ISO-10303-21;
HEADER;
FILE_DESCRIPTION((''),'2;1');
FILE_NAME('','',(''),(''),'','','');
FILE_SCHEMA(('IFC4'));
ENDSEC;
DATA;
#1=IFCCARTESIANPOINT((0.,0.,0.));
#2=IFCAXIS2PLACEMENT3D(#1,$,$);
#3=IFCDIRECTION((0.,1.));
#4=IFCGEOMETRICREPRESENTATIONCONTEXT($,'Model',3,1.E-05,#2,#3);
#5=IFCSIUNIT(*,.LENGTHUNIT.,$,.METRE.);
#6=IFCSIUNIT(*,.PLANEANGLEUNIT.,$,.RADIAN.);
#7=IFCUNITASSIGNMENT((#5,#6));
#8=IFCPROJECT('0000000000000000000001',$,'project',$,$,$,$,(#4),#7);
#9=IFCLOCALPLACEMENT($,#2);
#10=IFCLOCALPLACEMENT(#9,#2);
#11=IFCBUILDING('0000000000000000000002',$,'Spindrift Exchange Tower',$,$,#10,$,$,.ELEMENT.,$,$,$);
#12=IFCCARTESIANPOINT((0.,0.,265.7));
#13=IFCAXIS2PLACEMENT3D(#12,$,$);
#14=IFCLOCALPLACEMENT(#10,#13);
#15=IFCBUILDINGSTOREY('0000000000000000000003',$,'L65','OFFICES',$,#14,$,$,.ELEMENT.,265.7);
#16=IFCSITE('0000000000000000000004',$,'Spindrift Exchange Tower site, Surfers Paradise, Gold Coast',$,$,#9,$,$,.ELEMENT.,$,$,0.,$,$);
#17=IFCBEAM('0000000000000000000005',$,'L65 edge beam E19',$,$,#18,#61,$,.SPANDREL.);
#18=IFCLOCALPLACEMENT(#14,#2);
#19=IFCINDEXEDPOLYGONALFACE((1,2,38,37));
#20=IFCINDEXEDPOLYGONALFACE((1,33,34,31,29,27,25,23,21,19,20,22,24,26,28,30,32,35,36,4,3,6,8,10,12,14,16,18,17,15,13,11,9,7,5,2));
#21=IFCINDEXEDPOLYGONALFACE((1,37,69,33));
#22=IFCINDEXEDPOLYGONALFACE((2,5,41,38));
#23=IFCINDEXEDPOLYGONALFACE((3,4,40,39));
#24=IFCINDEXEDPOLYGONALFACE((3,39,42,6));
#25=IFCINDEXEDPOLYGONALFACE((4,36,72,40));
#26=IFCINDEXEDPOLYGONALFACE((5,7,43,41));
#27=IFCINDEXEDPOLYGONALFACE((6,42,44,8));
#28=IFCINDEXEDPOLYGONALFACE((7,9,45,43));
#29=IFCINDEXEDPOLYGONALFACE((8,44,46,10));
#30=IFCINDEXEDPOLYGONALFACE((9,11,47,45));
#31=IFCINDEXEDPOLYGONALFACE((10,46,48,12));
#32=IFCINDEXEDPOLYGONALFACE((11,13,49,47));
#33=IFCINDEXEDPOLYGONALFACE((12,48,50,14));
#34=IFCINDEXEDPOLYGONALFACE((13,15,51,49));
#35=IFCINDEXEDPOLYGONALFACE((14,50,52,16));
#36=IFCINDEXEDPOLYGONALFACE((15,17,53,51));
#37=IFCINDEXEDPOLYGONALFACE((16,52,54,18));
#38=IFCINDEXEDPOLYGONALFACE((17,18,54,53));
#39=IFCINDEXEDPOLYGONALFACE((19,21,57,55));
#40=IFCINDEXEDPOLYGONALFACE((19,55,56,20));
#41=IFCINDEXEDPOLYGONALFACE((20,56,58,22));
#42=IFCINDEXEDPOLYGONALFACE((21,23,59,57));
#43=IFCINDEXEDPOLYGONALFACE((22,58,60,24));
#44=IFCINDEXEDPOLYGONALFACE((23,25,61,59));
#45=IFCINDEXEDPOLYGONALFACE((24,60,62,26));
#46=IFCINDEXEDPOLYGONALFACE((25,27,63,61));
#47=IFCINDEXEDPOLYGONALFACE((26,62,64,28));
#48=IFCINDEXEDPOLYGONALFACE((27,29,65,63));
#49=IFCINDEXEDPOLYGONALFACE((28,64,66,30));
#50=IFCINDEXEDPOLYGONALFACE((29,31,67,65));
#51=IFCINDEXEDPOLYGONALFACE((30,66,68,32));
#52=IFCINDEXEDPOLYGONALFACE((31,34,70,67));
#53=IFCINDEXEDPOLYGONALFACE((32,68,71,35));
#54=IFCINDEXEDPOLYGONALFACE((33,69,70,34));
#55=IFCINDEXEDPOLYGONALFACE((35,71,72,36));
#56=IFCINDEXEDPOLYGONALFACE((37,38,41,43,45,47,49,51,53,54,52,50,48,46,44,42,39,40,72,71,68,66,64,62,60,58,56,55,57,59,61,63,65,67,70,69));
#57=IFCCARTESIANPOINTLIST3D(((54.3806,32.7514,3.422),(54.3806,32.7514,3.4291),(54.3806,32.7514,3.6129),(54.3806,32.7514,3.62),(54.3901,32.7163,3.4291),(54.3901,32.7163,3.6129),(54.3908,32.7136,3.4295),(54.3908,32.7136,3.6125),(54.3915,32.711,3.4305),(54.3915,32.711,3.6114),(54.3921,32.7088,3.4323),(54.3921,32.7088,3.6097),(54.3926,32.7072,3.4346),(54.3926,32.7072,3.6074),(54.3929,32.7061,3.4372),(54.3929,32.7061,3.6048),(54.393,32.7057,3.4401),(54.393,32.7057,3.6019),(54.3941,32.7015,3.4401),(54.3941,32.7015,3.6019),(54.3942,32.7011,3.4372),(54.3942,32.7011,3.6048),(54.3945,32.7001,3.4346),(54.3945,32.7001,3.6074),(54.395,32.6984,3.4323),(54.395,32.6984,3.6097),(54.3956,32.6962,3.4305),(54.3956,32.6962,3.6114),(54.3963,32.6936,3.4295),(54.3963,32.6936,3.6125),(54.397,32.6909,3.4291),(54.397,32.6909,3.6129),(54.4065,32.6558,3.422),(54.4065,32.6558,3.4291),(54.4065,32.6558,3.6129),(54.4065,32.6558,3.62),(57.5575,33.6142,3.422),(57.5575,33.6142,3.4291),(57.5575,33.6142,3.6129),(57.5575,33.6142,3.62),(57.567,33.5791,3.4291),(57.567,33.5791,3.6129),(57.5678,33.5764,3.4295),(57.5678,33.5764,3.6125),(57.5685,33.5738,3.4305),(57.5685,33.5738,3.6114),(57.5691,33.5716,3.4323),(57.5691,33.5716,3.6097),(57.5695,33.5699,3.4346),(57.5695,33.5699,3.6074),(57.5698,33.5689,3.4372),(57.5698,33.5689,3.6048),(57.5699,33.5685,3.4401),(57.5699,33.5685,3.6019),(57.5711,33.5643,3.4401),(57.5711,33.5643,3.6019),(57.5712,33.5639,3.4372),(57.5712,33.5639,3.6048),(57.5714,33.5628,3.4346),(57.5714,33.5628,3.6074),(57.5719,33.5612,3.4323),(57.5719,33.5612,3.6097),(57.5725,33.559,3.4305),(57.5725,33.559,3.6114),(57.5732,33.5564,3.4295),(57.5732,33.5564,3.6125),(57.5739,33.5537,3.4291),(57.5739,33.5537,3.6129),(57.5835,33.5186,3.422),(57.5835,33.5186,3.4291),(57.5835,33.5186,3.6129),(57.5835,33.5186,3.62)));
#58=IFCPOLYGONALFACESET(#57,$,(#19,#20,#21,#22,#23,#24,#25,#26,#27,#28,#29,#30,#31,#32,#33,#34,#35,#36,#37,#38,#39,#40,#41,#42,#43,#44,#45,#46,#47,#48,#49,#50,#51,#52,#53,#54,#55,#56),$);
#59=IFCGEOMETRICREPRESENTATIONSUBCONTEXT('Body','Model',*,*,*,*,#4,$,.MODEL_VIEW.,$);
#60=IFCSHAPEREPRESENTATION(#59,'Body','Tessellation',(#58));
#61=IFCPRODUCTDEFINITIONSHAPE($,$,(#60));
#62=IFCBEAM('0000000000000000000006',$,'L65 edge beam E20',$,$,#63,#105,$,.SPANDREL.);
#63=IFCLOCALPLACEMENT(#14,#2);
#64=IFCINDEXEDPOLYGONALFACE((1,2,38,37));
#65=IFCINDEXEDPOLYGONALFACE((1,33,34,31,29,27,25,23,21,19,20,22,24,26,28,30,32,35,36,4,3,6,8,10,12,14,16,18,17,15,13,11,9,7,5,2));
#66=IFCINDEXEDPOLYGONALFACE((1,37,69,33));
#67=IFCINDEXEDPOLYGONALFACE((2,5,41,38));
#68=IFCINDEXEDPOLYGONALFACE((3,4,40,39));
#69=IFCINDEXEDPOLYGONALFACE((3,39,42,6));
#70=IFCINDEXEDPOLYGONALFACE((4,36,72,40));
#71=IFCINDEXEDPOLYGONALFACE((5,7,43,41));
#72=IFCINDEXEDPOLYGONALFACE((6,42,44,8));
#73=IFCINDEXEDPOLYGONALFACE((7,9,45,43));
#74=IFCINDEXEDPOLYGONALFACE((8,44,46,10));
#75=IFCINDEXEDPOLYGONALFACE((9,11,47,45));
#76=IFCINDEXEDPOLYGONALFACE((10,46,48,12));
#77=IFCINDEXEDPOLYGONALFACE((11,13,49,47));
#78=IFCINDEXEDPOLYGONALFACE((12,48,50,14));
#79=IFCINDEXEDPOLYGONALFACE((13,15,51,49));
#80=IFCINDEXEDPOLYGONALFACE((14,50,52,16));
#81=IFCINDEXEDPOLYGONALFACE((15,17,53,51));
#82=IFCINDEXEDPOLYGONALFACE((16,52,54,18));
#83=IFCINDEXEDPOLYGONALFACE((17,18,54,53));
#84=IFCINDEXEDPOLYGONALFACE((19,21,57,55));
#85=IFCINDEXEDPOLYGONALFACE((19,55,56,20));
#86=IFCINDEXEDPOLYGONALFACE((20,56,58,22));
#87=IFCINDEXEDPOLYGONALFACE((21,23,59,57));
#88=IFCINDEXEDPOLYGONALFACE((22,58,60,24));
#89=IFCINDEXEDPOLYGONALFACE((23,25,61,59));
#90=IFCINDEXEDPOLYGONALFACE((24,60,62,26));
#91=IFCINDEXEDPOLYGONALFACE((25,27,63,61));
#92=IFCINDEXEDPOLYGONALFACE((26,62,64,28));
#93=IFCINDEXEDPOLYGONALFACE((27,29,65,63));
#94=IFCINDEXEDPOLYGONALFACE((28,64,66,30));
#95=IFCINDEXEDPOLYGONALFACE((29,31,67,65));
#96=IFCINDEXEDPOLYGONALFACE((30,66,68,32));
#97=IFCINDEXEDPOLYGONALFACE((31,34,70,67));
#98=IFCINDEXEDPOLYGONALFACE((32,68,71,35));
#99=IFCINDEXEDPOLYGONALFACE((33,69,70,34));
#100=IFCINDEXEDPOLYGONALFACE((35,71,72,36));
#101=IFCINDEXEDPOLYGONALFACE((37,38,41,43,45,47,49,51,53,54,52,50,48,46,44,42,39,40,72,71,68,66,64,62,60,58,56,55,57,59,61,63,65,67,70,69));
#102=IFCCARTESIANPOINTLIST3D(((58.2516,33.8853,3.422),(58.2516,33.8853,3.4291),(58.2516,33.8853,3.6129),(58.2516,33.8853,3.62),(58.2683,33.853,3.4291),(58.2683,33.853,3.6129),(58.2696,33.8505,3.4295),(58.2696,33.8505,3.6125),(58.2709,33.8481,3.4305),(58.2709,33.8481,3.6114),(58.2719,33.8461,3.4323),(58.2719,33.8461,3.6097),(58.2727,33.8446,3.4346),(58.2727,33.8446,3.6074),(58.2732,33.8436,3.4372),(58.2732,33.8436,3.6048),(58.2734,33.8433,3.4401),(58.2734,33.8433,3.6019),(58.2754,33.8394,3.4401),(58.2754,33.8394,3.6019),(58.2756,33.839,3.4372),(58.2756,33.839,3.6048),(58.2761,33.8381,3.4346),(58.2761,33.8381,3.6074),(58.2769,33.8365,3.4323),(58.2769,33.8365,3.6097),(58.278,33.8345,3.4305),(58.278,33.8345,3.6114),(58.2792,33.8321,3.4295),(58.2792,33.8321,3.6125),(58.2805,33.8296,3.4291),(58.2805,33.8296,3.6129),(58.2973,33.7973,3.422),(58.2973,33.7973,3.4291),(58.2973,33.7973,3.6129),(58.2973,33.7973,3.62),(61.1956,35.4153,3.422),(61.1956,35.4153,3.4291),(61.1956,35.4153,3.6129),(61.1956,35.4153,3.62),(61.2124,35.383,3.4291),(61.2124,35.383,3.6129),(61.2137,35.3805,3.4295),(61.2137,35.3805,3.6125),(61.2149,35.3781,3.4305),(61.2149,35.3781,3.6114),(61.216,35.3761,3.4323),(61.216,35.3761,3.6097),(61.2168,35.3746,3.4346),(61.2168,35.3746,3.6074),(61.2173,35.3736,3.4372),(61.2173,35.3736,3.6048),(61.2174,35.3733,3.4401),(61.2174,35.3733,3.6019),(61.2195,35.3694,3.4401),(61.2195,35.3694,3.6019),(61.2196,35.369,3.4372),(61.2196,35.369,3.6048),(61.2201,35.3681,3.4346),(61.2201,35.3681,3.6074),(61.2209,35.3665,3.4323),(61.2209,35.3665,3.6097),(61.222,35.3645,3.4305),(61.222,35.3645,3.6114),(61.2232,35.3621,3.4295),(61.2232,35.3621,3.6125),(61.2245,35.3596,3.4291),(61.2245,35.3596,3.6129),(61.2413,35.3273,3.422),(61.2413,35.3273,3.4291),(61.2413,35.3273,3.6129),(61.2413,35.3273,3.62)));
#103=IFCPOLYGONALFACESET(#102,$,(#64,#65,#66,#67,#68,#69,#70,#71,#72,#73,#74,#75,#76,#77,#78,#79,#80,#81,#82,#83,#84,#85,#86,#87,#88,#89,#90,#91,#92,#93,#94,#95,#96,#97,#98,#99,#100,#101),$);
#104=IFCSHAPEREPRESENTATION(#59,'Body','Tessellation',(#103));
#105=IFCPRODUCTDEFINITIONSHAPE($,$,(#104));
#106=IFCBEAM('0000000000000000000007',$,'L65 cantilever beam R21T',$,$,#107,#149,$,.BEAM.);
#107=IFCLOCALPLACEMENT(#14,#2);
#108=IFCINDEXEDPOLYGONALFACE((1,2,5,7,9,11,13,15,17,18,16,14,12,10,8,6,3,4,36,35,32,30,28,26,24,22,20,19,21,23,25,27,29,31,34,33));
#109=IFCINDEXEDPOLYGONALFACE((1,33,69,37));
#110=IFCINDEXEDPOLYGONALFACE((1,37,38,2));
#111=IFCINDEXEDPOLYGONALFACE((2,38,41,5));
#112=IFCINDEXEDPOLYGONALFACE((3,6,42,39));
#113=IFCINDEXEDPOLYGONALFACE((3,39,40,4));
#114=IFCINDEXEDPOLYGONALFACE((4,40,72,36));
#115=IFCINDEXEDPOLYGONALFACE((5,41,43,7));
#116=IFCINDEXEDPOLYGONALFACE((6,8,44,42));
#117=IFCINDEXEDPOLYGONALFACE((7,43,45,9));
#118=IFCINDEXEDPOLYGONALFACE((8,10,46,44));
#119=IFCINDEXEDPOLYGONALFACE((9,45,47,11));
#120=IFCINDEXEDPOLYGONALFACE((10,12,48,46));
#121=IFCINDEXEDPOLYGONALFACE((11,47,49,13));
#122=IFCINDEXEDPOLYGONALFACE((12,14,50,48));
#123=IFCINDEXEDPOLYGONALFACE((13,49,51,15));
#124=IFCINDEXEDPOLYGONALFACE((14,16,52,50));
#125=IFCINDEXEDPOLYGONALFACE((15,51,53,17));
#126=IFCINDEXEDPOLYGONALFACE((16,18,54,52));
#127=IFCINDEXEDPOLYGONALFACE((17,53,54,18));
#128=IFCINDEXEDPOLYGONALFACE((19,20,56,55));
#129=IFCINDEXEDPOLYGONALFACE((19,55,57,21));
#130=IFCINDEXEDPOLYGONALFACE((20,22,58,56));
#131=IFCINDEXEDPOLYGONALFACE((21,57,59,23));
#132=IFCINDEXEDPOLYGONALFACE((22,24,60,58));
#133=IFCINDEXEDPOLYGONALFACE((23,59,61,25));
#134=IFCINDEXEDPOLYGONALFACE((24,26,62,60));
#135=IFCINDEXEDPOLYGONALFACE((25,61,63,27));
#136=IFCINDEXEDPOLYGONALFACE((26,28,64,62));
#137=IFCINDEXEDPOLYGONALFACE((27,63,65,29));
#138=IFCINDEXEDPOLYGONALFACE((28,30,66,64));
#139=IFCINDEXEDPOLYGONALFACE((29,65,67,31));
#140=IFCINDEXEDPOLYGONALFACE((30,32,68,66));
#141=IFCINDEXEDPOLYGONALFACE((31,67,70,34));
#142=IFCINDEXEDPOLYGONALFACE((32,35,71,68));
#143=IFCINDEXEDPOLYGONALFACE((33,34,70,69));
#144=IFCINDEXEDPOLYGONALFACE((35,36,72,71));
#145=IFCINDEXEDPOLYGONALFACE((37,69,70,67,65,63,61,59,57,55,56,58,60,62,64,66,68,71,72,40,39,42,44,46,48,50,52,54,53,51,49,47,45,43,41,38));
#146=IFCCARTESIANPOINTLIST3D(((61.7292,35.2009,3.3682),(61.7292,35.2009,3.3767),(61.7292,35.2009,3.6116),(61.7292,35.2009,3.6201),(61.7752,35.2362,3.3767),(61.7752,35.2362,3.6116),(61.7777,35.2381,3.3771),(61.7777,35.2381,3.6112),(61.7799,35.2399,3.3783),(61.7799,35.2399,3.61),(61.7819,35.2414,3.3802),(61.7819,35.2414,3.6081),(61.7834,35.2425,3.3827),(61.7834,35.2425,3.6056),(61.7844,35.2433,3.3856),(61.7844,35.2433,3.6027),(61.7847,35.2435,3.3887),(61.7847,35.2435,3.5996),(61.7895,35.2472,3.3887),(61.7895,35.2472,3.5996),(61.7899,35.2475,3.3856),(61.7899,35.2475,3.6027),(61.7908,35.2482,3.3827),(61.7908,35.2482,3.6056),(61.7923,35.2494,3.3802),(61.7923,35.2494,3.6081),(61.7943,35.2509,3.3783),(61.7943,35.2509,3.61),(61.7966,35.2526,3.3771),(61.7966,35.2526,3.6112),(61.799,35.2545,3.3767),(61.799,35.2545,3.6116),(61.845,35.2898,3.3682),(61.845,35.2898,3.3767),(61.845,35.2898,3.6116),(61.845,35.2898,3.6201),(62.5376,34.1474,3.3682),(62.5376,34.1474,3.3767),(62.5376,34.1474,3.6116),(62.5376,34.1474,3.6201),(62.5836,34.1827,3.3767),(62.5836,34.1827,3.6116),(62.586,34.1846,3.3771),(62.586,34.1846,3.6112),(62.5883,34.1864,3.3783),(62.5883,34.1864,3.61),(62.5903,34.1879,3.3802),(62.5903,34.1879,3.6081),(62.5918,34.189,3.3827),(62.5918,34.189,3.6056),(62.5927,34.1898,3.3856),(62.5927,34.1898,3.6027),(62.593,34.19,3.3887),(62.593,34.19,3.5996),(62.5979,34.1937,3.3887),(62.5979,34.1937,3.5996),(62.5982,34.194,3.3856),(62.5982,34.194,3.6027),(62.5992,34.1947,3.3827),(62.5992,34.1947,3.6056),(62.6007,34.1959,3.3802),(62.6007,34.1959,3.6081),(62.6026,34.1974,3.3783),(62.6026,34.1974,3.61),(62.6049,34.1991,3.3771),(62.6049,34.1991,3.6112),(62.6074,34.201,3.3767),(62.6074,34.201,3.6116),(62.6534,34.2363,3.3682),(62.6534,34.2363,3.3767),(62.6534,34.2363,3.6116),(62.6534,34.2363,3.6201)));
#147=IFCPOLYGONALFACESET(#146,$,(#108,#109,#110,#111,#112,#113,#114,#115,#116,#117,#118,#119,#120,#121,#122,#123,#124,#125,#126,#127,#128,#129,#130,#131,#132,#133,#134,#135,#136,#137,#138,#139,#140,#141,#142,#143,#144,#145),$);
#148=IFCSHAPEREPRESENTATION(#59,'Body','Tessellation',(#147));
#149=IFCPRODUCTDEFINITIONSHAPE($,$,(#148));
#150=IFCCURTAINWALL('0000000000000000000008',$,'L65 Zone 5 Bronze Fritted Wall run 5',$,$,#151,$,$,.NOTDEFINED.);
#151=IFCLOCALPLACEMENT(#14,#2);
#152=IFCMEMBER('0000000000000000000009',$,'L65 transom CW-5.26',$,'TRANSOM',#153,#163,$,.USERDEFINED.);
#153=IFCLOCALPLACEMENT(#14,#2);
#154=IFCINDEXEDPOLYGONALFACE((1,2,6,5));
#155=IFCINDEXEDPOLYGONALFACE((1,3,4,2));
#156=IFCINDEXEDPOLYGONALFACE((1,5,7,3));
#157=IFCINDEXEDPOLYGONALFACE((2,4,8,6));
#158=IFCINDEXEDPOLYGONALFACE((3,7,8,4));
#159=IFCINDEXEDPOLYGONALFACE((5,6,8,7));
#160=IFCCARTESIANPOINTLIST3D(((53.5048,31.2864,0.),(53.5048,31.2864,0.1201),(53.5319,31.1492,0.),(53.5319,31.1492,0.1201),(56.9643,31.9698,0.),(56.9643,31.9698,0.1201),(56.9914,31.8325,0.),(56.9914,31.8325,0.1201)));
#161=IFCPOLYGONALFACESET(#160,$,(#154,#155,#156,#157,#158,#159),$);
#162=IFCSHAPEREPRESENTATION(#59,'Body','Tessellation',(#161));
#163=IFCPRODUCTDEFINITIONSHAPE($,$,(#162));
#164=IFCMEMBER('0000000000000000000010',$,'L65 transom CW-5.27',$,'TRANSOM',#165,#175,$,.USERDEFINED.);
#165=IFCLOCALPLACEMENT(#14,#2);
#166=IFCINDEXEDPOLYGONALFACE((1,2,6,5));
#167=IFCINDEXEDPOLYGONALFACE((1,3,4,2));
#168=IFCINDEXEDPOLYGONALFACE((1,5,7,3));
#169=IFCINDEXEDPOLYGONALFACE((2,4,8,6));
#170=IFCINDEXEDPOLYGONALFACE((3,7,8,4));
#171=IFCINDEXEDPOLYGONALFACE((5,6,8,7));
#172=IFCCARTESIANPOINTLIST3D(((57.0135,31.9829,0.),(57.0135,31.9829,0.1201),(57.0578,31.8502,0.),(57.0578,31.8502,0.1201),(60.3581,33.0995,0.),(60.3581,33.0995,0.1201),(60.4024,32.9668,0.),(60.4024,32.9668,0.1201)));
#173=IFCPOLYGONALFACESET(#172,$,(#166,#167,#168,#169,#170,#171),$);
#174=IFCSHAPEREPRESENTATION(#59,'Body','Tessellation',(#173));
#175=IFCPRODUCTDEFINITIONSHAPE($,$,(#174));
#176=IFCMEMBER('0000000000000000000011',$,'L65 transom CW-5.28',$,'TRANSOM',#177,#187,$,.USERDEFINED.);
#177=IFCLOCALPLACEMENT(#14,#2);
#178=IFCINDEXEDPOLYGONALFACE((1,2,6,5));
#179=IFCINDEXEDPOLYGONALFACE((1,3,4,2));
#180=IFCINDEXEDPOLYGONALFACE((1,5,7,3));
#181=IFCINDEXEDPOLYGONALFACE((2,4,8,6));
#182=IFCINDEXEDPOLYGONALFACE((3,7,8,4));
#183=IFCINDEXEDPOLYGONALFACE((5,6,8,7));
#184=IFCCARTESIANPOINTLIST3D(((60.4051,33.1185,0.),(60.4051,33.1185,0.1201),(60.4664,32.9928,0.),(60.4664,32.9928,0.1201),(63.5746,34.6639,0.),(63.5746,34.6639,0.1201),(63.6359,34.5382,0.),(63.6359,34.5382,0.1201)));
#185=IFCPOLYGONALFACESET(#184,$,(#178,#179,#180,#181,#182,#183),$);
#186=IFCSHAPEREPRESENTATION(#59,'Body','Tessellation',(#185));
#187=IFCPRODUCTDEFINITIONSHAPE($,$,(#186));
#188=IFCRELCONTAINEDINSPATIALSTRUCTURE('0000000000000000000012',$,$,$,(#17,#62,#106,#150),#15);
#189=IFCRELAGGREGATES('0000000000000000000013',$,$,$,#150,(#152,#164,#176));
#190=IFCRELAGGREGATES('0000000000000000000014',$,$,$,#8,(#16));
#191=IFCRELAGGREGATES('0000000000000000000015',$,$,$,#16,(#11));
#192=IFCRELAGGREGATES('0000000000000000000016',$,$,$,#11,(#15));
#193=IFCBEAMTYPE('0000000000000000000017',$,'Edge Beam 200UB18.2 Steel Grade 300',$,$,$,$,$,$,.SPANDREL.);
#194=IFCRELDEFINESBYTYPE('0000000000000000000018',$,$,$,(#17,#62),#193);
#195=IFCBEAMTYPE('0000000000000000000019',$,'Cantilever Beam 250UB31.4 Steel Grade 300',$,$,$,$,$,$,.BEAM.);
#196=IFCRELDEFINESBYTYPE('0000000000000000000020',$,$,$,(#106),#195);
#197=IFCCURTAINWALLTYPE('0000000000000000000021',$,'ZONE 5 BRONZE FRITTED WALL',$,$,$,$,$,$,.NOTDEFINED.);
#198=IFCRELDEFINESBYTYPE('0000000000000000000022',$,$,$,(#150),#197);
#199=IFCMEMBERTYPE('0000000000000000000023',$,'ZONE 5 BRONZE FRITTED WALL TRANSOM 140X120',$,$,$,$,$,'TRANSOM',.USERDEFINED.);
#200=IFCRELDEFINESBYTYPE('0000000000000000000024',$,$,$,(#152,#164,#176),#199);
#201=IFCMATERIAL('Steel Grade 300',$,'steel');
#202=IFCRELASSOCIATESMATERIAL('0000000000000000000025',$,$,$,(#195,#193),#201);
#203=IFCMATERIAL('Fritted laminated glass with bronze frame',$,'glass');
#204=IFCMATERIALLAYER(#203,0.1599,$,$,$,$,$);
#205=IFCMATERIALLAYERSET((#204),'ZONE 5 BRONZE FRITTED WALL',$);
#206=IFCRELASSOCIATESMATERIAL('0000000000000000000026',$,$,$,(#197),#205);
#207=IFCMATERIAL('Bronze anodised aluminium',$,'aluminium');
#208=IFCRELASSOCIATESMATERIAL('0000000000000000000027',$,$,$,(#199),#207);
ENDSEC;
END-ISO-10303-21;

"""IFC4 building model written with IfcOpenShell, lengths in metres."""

from ifc_helpers import new_model, si_unit, direction, frame, origin, origin_2d, place, context, subcontext, project, spatial, rectangle, i_section, extrude, source, transform, mapped, material, layer, layer_set, material_profile, profile_set, type_object, element, aggregate, save


model = new_model("IFC4")

# Units and contexts
model_context = context("Model", 3, precision=1e-05, world=origin(), true_north=direction((0.0, 1.0)))
body_context = subcontext(model_context, "Body", "Model", "MODEL_VIEW")
ifc_project = project(units=[si_unit("LENGTHUNIT", "METRE"), si_unit("PLANEANGLEUNIT", "RADIAN")], contexts=[model_context])

# Site, building, storey
site_placement = place(None, origin())
site = spatial("IfcSite", under=ifc_project, at=site_placement, Name="Spindrift Exchange Tower site, Surfers Paradise, Gold Coast", CompositionType="ELEMENT", RefElevation=0.0)
building_placement = place(site_placement, origin())
building = spatial("IfcBuilding", under=site, at=building_placement, Name="Spindrift Exchange Tower", CompositionType="ELEMENT")
storey_placement = place(building_placement, frame((0.0, 0.0, 265.7)))
storey = spatial("IfcBuildingStorey", under=building, at=storey_placement, Name="L65", Description="OFFICES", CompositionType="ELEMENT", Elevation=265.7)

# Beams
ifc_material_1 = material(Name="Steel Grade 300", Category="steel")
ifc_material_profile_1 = material_profile(ifc_material_1, i_section(OverallWidth=0.146, OverallDepth=0.252, WebThickness=0.0061, FlangeThickness=0.0085, FilletRadius=0.012, at=origin_2d()), Name="250UB31.4")
ifc_profile_set_1 = profile_set([ifc_material_profile_1], Name="Steel Grade 300")
beam_type_1 = type_object("IfcBeamType", Name="Cantilever Beam 250UB31.4 Steel Grade 300", PredefinedType="BEAM", material=ifc_profile_set_1)
ifc_material_profile_2 = material_profile(ifc_material_1, i_section(OverallWidth=0.0991, OverallDepth=0.198, WebThickness=0.0044, FlangeThickness=0.0071, FilletRadius=0.011, at=origin_2d()), Name="200UB18.2")
ifc_profile_set_2 = profile_set([ifc_material_profile_2], Name="Steel Grade 300")
beam_type_2 = type_object("IfcBeamType", Name="Edge Beam 200UB18.2 Steel Grade 300", PredefinedType="SPANDREL", material=ifc_profile_set_2)
shared_shape_1 = source(origin(), body_context, "Body", "SweptSolid", [
    extrude(i_section(OverallWidth=0.0991, OverallDepth=0.198, WebThickness=0.0044, FlangeThickness=0.0071, FilletRadius=0.011, at=origin_2d()), origin(), (0.0, 0.0, 1.0), 3.292),
])
beam_1_placement = place(storey_placement, frame((54.3936, 32.7036, 3.521), z_axis=(0.965046, 0.262082, 0.0), x_axis=(-0.262082, 0.965046, 0.0)))
element("IfcBeam", 1, at=beam_1_placement, inside=storey, type_object=beam_type_2, Name="L65 edge beam E19", PredefinedType="SPANDREL", context=body_context, shape_type="MappedRepresentation", body=[
    mapped(shared_shape_1, transform((0.0, 0.0, 0.0), scale=1.0)),
])
shared_shape_2 = source(origin(), body_context, "Body", "SweptSolid", [
    extrude(i_section(OverallWidth=0.0991, OverallDepth=0.198, WebThickness=0.0044, FlangeThickness=0.0071, FilletRadius=0.011, at=origin_2d()), origin(), (0.0, 0.0, 1.0), 3.3179),
])
beam_2_placement = place(storey_placement, frame((58.2744, 33.8413, 3.521), z_axis=(0.887328, 0.46114, 0.0), x_axis=(-0.46114, 0.887328, 0.0)))
element("IfcBeam", 2, at=beam_2_placement, inside=storey, type_object=beam_type_2, Name="L65 edge beam E20", PredefinedType="SPANDREL", context=body_context, shape_type="MappedRepresentation", body=[
    mapped(shared_shape_2, transform((0.0, 0.0, 0.0), scale=1.0)),
])
shared_shape_3 = source(origin(), body_context, "Body", "SweptSolid", [
    extrude(i_section(OverallWidth=0.146, OverallDepth=0.252, WebThickness=0.0061, FlangeThickness=0.0085, FilletRadius=0.012, at=origin_2d()), origin(), (0.0, 0.0, 1.0), 1.3279),
])
beam_3_placement = place(storey_placement, frame((61.7871, 35.2454, 3.4941), z_axis=(0.60876, -0.793355, 0.0), x_axis=(0.793355, 0.60876, 0.0)))
element("IfcBeam", 3, at=beam_3_placement, inside=storey, type_object=beam_type_1, Name="L65 cantilever beam R21T", PredefinedType="BEAM", context=body_context, shape_type="MappedRepresentation", body=[
    mapped(shared_shape_3, transform((0.0, 0.0, 0.0), scale=1.0)),
])

# Curtain wall, members
ifc_material_2 = material(Name="Fritted laminated glass with bronze frame", Category="glass")
ifc_layer_1 = layer(ifc_material_2, 0.1599)
ifc_layer_set_1 = layer_set([ifc_layer_1], Name="ZONE 5 BRONZE FRITTED WALL")
curtain_wall_type = type_object("IfcCurtainWallType", Name="ZONE 5 BRONZE FRITTED WALL", PredefinedType="NOTDEFINED", material=ifc_layer_set_1)
curtain_wall_placement = place(storey_placement, origin())
curtain_wall = element("IfcCurtainWall", 4, at=curtain_wall_placement, inside=storey, type_object=curtain_wall_type, Name="L65 Zone 5 Bronze Fritted Wall run 5", PredefinedType="NOTDEFINED")
ifc_material_3 = material(Name="Bronze anodised aluminium", Category="aluminium")
ifc_material_profile_3 = material_profile(ifc_material_3, rectangle(XDim=0.1399, YDim=0.1201, at=origin_2d()), Name="ZONE 5 BRONZE FRITTED WALL TRANSOM 140X120")
ifc_profile_set_3 = profile_set([ifc_material_profile_3], Name="Bronze anodised aluminium")
member_type_1 = type_object("IfcMemberType", Name="ZONE 5 BRONZE FRITTED WALL TRANSOM 140X120", ElementType="TRANSOM", PredefinedType="USERDEFINED", material=ifc_profile_set_3)
shared_shape_4 = source(origin(), body_context, "Body", "SweptSolid", [
    extrude(rectangle(XDim=0.1399, YDim=0.1201, at=origin_2d()), origin(), (0.0, 0.0, 1.0), 3.5264),
])
member_1_placement = place(storey_placement, frame((53.5183, 31.2178, 0.0601), z_axis=(0.981044, 0.193786, 0.0), x_axis=(-0.193786, 0.981044, 0.0)))
member_1 = element("IfcMember", 5, at=member_1_placement, type_object=member_type_1, Name="L65 transom CW-5.26", ObjectType="TRANSOM", PredefinedType="USERDEFINED", context=body_context, shape_type="MappedRepresentation", body=[
    mapped(shared_shape_4, transform((0.0, 0.0, 0.0), scale=1.0)),
])
shared_shape_5 = source(origin(), body_context, "Body", "SweptSolid", [
    extrude(rectangle(XDim=0.1399, YDim=0.1201, at=origin_2d()), origin(), (0.0, 0.0, 1.0), 3.5261),
])
member_2_placement = place(storey_placement, frame((57.0356, 31.9165, 0.0601), z_axis=(0.948531, 0.316685, 0.0), x_axis=(-0.316685, 0.948531, 0.0)))
member_2 = element("IfcMember", 6, at=member_2_placement, type_object=member_type_1, Name="L65 transom CW-5.27", ObjectType="TRANSOM", PredefinedType="USERDEFINED", context=body_context, shape_type="MappedRepresentation", body=[
    mapped(shared_shape_5, transform((0.0, 0.0, 0.0), scale=1.0)),
])
member_3_placement = place(storey_placement, frame((60.4358, 33.0557, 0.0601), z_axis=(0.898842, 0.438274, 0.0), x_axis=(-0.438274, 0.898842, 0.0)))
member_3 = element("IfcMember", 7, at=member_3_placement, type_object=member_type_1, Name="L65 transom CW-5.28", ObjectType="TRANSOM", PredefinedType="USERDEFINED", context=body_context, shape_type="MappedRepresentation", body=[
    mapped(shared_shape_5, transform((0.0, 0.0, 0.0), scale=1.0)),
])
aggregate(curtain_wall, [member_1, member_2, member_3])

save(model, "model.ifc")
